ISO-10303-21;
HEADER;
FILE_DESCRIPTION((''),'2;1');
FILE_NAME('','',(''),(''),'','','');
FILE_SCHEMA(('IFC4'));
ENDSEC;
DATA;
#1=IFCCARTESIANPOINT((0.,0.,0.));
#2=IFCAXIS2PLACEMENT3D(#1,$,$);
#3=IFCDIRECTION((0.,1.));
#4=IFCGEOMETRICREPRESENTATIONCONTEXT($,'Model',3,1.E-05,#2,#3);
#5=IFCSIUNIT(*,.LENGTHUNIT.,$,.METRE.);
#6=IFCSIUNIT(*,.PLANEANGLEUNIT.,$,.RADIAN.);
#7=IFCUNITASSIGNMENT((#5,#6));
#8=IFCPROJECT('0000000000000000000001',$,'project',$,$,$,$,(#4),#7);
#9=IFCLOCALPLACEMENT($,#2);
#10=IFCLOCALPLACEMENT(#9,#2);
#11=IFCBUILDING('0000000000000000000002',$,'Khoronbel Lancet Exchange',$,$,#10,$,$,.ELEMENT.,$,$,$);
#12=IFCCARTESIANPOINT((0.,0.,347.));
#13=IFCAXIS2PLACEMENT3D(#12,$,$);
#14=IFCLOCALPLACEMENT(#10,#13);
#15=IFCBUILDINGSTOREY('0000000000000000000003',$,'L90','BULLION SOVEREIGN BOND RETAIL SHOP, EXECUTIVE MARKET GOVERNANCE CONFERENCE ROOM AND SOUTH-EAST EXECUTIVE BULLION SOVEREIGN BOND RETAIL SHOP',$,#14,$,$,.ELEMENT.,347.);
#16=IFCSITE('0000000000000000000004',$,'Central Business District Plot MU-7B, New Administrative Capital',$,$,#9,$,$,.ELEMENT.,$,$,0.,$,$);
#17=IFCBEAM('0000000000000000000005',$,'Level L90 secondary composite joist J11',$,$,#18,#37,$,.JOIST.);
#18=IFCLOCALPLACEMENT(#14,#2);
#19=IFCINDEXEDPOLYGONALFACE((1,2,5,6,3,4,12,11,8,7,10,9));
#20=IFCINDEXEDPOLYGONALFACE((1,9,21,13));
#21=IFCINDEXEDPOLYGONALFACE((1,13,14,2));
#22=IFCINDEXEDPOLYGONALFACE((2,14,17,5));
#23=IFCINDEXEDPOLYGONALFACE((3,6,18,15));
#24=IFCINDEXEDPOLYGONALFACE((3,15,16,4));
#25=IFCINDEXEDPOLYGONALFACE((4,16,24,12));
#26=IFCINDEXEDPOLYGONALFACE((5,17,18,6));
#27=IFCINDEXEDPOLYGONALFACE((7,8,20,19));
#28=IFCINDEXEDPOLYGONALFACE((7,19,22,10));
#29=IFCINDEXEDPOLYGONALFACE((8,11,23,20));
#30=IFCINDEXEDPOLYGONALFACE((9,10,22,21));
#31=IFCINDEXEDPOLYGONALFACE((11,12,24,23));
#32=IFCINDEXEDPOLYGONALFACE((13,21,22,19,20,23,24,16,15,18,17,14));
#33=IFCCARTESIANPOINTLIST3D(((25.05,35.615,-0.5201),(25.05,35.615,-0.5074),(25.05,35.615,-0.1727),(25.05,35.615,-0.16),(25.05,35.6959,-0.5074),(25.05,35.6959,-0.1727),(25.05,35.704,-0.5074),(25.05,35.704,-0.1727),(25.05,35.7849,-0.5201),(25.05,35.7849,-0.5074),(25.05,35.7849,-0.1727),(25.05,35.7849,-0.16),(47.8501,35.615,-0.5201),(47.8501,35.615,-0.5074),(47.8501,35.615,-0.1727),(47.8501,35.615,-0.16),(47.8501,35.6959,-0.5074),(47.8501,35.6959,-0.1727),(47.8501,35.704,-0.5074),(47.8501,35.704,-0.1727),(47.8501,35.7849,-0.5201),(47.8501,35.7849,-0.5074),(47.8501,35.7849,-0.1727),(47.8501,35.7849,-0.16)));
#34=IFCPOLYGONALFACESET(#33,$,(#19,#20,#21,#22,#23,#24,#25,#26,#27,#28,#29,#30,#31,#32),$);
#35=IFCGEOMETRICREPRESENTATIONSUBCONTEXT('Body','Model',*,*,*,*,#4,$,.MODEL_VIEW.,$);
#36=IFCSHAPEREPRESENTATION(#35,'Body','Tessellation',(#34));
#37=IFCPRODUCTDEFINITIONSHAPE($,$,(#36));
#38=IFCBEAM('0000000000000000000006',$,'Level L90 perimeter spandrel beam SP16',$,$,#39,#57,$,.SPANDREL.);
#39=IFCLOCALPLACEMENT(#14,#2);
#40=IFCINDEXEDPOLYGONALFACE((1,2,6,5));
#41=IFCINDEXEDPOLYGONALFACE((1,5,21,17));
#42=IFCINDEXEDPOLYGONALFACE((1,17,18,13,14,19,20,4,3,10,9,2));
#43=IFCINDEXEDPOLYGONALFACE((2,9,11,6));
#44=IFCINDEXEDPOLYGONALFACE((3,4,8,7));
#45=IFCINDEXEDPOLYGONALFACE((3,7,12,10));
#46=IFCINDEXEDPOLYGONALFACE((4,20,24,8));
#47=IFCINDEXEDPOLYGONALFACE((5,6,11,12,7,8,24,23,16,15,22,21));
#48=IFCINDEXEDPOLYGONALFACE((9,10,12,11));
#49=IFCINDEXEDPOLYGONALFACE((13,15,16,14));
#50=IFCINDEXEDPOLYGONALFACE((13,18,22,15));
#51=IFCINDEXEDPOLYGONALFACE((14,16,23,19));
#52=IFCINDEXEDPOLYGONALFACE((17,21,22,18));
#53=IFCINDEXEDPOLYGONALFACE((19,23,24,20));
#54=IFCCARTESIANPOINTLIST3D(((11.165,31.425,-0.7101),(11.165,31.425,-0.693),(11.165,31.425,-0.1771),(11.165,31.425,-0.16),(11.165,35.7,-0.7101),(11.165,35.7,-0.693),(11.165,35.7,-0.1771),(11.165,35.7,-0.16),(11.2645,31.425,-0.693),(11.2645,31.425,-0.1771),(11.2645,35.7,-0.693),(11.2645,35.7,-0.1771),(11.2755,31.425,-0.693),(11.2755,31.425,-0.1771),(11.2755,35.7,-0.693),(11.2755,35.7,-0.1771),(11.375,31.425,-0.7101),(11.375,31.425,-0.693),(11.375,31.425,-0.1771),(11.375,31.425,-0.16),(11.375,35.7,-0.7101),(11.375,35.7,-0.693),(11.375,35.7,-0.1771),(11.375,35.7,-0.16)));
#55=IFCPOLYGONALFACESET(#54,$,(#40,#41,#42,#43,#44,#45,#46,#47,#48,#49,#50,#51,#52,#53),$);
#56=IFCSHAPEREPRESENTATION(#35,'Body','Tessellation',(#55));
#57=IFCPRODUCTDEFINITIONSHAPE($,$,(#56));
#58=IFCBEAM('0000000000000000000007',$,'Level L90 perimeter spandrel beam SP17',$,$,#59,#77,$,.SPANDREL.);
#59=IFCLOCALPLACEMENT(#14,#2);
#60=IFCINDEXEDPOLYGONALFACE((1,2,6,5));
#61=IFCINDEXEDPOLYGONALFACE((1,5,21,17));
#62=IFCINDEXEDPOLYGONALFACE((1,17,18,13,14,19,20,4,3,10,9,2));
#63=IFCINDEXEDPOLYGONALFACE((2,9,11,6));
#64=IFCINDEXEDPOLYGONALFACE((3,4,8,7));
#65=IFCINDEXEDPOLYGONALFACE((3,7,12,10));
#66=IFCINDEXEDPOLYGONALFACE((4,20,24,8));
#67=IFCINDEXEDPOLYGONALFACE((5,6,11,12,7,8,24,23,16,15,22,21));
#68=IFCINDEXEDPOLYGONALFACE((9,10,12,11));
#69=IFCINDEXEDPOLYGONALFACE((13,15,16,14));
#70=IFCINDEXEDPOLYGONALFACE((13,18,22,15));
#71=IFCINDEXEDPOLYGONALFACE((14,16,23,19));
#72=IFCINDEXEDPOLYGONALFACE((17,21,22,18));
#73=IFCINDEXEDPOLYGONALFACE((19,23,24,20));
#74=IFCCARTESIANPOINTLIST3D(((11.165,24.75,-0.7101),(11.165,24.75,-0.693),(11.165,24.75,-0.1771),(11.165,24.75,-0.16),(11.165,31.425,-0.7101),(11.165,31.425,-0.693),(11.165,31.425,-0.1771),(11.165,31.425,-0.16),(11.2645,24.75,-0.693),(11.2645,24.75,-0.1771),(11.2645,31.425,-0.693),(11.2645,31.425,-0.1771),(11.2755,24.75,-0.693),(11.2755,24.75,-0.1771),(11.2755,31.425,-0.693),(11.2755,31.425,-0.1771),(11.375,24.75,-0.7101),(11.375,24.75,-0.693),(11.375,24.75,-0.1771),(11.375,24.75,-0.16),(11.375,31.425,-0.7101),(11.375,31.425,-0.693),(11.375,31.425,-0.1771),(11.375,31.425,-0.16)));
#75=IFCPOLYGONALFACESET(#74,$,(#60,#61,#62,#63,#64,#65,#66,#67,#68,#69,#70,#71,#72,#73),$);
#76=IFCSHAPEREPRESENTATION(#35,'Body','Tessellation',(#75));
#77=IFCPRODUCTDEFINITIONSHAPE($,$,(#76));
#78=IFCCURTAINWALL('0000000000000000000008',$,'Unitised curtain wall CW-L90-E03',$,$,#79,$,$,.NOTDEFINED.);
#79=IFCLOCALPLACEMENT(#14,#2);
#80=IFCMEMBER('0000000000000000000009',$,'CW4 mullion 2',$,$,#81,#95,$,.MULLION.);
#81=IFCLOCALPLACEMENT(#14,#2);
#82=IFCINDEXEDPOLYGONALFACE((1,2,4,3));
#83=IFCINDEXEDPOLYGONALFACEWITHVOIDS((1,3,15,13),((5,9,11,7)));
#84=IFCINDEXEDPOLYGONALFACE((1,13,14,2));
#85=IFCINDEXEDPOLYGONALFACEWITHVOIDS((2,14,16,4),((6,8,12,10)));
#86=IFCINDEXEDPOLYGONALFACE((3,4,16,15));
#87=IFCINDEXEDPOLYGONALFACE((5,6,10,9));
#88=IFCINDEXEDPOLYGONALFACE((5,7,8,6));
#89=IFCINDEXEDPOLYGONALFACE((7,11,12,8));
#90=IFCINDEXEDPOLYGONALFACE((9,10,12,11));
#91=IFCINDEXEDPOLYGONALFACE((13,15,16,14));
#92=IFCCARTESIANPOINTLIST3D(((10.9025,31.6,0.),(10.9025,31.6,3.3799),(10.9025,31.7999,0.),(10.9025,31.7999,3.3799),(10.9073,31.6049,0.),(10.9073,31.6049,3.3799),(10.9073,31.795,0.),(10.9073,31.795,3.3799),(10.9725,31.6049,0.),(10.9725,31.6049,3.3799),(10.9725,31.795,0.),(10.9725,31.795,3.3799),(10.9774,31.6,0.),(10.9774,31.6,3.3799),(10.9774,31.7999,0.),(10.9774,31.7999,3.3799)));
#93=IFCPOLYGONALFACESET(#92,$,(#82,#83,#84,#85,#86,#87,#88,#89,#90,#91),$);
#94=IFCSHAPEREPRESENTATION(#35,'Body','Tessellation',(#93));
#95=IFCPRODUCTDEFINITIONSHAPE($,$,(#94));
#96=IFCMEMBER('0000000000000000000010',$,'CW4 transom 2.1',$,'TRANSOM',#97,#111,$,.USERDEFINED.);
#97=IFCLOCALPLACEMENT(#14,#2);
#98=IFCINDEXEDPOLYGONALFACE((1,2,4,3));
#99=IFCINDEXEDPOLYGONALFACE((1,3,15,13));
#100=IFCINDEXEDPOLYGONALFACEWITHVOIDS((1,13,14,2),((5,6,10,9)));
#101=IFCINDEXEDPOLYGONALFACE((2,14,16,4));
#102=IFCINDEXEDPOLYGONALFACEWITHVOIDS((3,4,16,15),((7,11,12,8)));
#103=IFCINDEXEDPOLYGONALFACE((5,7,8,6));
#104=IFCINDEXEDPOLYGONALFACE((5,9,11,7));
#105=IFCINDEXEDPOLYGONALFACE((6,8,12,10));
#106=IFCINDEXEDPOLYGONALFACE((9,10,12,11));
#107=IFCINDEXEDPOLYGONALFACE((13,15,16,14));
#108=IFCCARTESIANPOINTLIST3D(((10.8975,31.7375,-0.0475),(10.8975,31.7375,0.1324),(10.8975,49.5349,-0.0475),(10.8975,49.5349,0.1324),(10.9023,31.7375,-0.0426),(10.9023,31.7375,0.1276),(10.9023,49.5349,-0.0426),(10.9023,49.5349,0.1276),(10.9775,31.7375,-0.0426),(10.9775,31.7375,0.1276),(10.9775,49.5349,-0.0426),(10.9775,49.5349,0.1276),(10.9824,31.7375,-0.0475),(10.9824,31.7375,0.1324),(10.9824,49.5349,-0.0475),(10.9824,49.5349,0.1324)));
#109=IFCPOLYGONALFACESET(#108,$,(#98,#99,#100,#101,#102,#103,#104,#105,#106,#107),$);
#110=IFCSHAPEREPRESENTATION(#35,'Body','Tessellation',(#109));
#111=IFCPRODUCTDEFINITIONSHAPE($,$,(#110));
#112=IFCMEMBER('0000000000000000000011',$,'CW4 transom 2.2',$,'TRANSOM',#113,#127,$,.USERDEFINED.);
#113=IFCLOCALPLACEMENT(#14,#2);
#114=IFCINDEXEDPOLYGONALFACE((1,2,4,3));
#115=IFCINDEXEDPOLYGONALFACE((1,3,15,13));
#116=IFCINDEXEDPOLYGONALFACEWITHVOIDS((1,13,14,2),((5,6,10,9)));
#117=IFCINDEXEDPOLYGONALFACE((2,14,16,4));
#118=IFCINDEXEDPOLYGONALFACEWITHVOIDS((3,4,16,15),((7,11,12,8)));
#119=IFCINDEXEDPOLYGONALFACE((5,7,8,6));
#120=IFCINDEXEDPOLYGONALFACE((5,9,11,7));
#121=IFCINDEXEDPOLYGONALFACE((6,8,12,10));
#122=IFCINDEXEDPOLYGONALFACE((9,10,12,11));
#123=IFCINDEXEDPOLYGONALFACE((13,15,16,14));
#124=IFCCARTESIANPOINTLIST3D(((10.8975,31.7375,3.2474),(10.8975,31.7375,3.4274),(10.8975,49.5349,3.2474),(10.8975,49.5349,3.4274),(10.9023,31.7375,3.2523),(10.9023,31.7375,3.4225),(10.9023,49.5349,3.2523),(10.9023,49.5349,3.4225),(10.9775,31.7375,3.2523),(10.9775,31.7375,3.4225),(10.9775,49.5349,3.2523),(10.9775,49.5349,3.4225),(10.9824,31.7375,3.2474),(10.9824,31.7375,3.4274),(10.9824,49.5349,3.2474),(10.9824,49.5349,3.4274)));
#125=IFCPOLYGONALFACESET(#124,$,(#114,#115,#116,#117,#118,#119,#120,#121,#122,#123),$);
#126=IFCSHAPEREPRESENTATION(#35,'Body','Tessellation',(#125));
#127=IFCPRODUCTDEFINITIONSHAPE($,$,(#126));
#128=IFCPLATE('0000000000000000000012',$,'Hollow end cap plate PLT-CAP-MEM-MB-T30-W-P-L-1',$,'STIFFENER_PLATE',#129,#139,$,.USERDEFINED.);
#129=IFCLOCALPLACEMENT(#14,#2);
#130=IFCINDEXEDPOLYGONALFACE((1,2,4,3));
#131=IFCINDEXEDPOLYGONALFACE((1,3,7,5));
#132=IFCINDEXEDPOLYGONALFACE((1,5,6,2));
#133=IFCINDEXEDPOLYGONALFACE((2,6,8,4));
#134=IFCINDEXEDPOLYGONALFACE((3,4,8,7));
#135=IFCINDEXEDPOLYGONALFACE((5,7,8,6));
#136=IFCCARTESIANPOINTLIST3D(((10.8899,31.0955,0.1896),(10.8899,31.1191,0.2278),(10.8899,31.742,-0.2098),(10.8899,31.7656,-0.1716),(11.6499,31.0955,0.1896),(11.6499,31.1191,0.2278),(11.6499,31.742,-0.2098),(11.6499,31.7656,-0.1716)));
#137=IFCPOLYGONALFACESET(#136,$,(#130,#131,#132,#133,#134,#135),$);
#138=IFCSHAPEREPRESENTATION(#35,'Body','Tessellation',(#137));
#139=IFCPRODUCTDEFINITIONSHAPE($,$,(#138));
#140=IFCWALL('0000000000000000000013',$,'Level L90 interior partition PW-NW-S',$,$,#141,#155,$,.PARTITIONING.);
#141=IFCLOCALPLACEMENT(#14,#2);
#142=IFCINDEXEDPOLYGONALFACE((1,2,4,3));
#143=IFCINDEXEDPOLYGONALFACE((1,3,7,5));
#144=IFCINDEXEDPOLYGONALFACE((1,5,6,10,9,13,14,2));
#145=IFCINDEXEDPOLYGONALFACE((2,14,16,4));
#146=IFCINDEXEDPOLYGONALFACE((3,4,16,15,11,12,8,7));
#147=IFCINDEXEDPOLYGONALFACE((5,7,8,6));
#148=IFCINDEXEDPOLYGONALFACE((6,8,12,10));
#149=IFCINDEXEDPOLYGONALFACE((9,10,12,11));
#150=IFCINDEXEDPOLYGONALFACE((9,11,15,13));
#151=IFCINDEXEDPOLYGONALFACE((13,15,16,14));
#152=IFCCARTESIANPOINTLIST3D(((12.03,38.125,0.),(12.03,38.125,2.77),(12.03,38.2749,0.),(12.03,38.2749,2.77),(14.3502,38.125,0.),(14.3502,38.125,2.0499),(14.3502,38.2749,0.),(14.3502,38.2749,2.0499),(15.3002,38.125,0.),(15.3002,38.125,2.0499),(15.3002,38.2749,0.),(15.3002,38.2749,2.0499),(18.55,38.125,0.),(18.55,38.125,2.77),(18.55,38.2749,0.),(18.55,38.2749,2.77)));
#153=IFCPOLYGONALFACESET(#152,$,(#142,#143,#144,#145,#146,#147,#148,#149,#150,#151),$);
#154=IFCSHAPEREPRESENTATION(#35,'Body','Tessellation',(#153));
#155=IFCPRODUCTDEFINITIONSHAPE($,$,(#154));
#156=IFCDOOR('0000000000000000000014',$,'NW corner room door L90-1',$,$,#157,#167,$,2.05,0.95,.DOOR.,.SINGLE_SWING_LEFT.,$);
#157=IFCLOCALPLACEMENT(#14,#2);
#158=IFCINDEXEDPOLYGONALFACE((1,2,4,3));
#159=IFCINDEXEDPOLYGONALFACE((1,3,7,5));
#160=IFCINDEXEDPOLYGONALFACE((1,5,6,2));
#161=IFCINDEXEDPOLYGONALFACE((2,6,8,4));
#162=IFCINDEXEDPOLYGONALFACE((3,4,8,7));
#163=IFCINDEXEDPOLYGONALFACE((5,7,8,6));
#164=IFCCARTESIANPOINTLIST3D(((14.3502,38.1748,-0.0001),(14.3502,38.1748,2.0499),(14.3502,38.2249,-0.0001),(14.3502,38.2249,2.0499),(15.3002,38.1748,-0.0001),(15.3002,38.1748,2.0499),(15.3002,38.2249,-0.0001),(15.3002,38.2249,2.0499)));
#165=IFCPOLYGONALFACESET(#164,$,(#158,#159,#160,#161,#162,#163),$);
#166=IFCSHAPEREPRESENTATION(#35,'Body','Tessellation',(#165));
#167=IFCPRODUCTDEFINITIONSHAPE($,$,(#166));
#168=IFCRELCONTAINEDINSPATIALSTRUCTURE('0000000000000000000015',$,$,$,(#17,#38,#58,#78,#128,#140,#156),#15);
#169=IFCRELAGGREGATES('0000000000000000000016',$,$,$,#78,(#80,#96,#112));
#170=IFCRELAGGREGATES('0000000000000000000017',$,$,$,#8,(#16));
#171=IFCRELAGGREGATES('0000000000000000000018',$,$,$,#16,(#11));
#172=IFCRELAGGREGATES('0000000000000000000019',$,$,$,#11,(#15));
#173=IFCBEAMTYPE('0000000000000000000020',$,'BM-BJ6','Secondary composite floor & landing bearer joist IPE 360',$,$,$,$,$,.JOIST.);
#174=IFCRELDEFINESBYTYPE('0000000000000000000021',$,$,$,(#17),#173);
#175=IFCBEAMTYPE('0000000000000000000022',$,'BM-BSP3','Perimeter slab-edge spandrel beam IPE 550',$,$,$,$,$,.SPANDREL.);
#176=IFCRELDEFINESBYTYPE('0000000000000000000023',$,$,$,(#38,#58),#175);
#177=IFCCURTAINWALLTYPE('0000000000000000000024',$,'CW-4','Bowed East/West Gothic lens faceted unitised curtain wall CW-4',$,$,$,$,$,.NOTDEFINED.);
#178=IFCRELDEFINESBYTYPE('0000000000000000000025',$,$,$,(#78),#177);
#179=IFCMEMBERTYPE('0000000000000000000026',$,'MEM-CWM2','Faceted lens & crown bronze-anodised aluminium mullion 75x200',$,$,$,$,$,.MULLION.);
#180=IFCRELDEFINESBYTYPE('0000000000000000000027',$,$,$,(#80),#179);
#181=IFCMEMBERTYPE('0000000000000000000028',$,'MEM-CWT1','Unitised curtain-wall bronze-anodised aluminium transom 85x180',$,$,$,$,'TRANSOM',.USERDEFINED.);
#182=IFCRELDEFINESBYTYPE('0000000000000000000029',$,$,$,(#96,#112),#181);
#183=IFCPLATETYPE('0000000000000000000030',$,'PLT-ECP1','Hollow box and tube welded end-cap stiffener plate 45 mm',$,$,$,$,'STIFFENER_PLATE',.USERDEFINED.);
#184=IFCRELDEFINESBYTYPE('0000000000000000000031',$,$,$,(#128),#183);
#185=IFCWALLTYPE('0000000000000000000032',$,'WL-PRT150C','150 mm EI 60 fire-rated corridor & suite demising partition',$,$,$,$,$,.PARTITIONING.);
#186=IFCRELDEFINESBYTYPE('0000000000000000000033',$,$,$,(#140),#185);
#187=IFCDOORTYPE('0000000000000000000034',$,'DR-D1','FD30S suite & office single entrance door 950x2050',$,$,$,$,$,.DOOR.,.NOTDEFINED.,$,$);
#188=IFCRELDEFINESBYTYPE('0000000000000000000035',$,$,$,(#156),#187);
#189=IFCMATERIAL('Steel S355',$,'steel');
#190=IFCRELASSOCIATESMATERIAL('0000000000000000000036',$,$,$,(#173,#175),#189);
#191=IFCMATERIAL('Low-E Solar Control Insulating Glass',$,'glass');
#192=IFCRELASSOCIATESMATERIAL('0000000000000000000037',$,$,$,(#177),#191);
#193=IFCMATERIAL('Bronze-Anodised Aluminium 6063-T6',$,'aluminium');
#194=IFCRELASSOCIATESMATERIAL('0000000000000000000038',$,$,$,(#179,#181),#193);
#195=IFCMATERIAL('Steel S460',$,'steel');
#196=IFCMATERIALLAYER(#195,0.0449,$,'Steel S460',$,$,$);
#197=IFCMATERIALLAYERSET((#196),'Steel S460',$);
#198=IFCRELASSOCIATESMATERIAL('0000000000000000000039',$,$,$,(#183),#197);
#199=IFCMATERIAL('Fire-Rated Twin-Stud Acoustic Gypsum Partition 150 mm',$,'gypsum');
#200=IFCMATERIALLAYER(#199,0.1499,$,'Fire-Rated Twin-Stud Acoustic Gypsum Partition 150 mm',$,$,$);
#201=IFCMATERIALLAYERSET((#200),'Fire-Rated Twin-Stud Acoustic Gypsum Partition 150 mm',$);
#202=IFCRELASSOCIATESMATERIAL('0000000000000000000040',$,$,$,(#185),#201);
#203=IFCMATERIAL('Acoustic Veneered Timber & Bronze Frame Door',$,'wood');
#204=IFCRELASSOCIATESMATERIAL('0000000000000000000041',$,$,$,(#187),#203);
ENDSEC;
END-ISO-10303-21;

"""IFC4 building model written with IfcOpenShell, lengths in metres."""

from ifc_helpers import new_model, si_unit, direction, frame, frame_2d, origin, origin_2d, place, context, subcontext, project, spatial, polyline, rectangle, hollow_rectangle, i_section, outline, extrude, material, layer, layer_set, material_profile, profile_set, type_object, element, fill, aggregate, save


model = new_model("IFC4")

# Units and contexts
model_context = context("Model", 3, precision=1e-05, world=origin(), true_north=direction((0.0, 1.0)))
body_context = subcontext(model_context, "Body", "Model", "MODEL_VIEW")
ifc_project = project(units=[si_unit("LENGTHUNIT", "METRE"), si_unit("PLANEANGLEUNIT", "RADIAN")], contexts=[model_context])

# Site, building, storey
site_placement = place(None, origin())
site = spatial("IfcSite", under=ifc_project, at=site_placement, Name="Central Business District Plot MU-7B, New Administrative Capital", CompositionType="ELEMENT", RefElevation=0.0)
building_placement = place(site_placement, origin())
building = spatial("IfcBuilding", under=site, at=building_placement, Name="Khoronbel Lancet Exchange", CompositionType="ELEMENT")
storey_placement = place(building_placement, frame((0.0, 0.0, 347.0)))
storey = spatial("IfcBuildingStorey", under=building, at=storey_placement, Name="L90", Description="BULLION SOVEREIGN BOND RETAIL SHOP, EXECUTIVE MARKET GOVERNANCE CONFERENCE ROOM AND SOUTH-EAST EXECUTIVE BULLION SOVEREIGN BOND RETAIL SHOP", CompositionType="ELEMENT", Elevation=347.0)

# Shared definitions
ifc_material_1 = material(Name="Steel S355", Category="steel")

# Beams
ifc_material_profile_1 = material_profile(ifc_material_1, i_section(OverallWidth=0.1699, OverallDepth=0.3601, WebThickness=0.0081, FlangeThickness=0.0127, at=origin_2d()), Name="IPE 360")
ifc_profile_set_1 = profile_set([ifc_material_profile_1], Name="Steel S355")
beam_type_1 = type_object("IfcBeamType", Name="BM-BJ6", Description="Secondary composite floor & landing bearer joist IPE 360", PredefinedType="JOIST", material=ifc_profile_set_1)
beam_1_placement = place(storey_placement, frame((25.05, 35.7, -0.3401), z_axis=(1.0, 0.0, 0.0), x_axis=(0.0, 1.0, 0.0)))
element("IfcBeam", 1, at=beam_1_placement, inside=storey, type_object=beam_type_1, Name="Level L90 secondary composite joist J11", PredefinedType="JOIST", context=body_context, shape_type="SweptSolid", body=[
    extrude(i_section(OverallWidth=0.1699, OverallDepth=0.3601, WebThickness=0.0081, FlangeThickness=0.0127, at=origin_2d()), origin(), (0.0, 0.0, 1.0), 22.8),
])
ifc_material_profile_2 = material_profile(ifc_material_1, i_section(OverallWidth=0.21, OverallDepth=0.55, WebThickness=0.011, FlangeThickness=0.0171, at=origin_2d()), Name="IPE 550")
ifc_profile_set_2 = profile_set([ifc_material_profile_2], Name="Steel S355")
beam_type_2 = type_object("IfcBeamType", Name="BM-BSP3", Description="Perimeter slab-edge spandrel beam IPE 550", PredefinedType="SPANDREL", material=ifc_profile_set_2)
beam_2_placement = place(storey_placement, frame((11.27, 35.7, -0.4351), z_axis=(0.0, -1.0, 0.0), x_axis=(1.0, 0.0, 0.0)))
element("IfcBeam", 2, at=beam_2_placement, inside=storey, type_object=beam_type_2, Name="Level L90 perimeter spandrel beam SP16", PredefinedType="SPANDREL", context=body_context, shape_type="SweptSolid", body=[
    extrude(i_section(OverallWidth=0.21, OverallDepth=0.55, WebThickness=0.011, FlangeThickness=0.0171, at=origin_2d()), origin(), (0.0, 0.0, 1.0), 4.2749),
])
beam_3_placement = place(storey_placement, frame((11.27, 31.425, -0.4351), z_axis=(0.0, -1.0, 0.0), x_axis=(1.0, 0.0, 0.0)))
element("IfcBeam", 3, at=beam_3_placement, inside=storey, type_object=beam_type_2, Name="Level L90 perimeter spandrel beam SP17", PredefinedType="SPANDREL", context=body_context, shape_type="SweptSolid", body=[
    extrude(i_section(OverallWidth=0.21, OverallDepth=0.55, WebThickness=0.011, FlangeThickness=0.0171, at=origin_2d()), origin(), (0.0, 0.0, 1.0), 6.675),
])

# Curtain wall, members
ifc_material_2 = material(Name="Low-E Solar Control Insulating Glass", Category="glass")
curtain_wall_type = type_object("IfcCurtainWallType", Name="CW-4", Description="Bowed East/West Gothic lens faceted unitised curtain wall CW-4", PredefinedType="NOTDEFINED", material=ifc_material_2)
curtain_wall_placement = place(storey_placement, origin())
curtain_wall = element("IfcCurtainWall", 4, at=curtain_wall_placement, inside=storey, type_object=curtain_wall_type, Name="Unitised curtain wall CW-L90-E03", PredefinedType="NOTDEFINED")
ifc_material_3 = material(Name="Bronze-Anodised Aluminium 6063-T6", Category="aluminium")
ifc_material_profile_3 = material_profile(ifc_material_3, hollow_rectangle(XDim=0.075, YDim=0.2, WallThickness=0.0049, at=origin_2d()), Name="ALU MULLION 75x200")
ifc_profile_set_3 = profile_set([ifc_material_profile_3], Name="Bronze-Anodised Aluminium 6063-T6")
member_type_1 = type_object("IfcMemberType", Name="MEM-CWM2", Description="Faceted lens & crown bronze-anodised aluminium mullion 75x200", PredefinedType="MULLION", material=ifc_profile_set_3)
member_1_placement = place(storey_placement, frame((10.9399, 31.7, 0.0), z_axis=(0.0, 0.0, 1.0), x_axis=(-1.0, 0.0, 0.0)))
member_1 = element("IfcMember", 5, at=member_1_placement, type_object=member_type_1, Name="CW4 mullion 2", PredefinedType="MULLION", context=body_context, shape_type="SweptSolid", body=[
    extrude(hollow_rectangle(XDim=0.075, YDim=0.2, WallThickness=0.0049, at=origin_2d()), origin(), (0.0, 0.0, 1.0), 3.3799),
])
ifc_material_profile_4 = material_profile(ifc_material_3, hollow_rectangle(XDim=0.085, YDim=0.1799, WallThickness=0.0049, at=origin_2d()), Name="ALU TRANSOM 85x180")
ifc_profile_set_4 = profile_set([ifc_material_profile_4], Name="Bronze-Anodised Aluminium 6063-T6")
member_type_2 = type_object("IfcMemberType", Name="MEM-CWT1", Description="Unitised curtain-wall bronze-anodised aluminium transom 85x180", ElementType="TRANSOM", PredefinedType="USERDEFINED", material=ifc_profile_set_4)
member_2_placement = place(storey_placement, frame((10.9399, 31.7375, 0.0425), z_axis=(0.0, 1.0, 0.0), x_axis=(-1.0, 0.0, 0.0)))
member_2 = element("IfcMember", 6, at=member_2_placement, type_object=member_type_2, Name="CW4 transom 2.1", ObjectType="TRANSOM", PredefinedType="USERDEFINED", context=body_context, shape_type="SweptSolid", body=[
    extrude(hollow_rectangle(XDim=0.085, YDim=0.1799, WallThickness=0.0049, at=origin_2d()), origin(), (0.0, 0.0, 1.0), 17.7974),
])
member_3_placement = place(storey_placement, frame((10.9399, 31.7375, 3.3374), z_axis=(0.0, 1.0, 0.0), x_axis=(-1.0, 0.0, 0.0)))
member_3 = element("IfcMember", 7, at=member_3_placement, type_object=member_type_2, Name="CW4 transom 2.2", ObjectType="TRANSOM", PredefinedType="USERDEFINED", context=body_context, shape_type="SweptSolid", body=[
    extrude(hollow_rectangle(XDim=0.085, YDim=0.1799, WallThickness=0.0049, at=origin_2d()), origin(), (0.0, 0.0, 1.0), 17.7974),
])
aggregate(curtain_wall, [member_1, member_2, member_3])

# Plate
ifc_material_4 = material(Name="Steel S460", Category="steel")
ifc_layer_1 = layer(ifc_material_4, 0.0449, Name="Steel S460")
ifc_layer_set_1 = layer_set([ifc_layer_1], Name="Steel S460")
plate_type = type_object("IfcPlateType", Name="PLT-ECP1", Description="Hollow box and tube welded end-cap stiffener plate 45 mm", ElementType="STIFFENER_PLATE", PredefinedType="USERDEFINED", material=ifc_layer_set_1)
plate_placement = place(storey_placement, frame((11.6499, 31.7656, -0.1716), z_axis=(0.0, 0.525602, 0.85073), x_axis=(-1.0, 0.0, 0.0)))
element("IfcPlate", 8, at=plate_placement, inside=storey, type_object=plate_type, Name="Hollow end cap plate PLT-CAP-MEM-MB-T30-W-P-L-1", ObjectType="STIFFENER_PLATE", PredefinedType="USERDEFINED", context=body_context, shape_type="SweptSolid", body=[
    extrude(outline(polyline([(0.0, 0.0), (0.76, 0.0), (0.76, 0.76), (0.0, 0.76), (0.0, 0.0)])), origin(), (0.0, 0.0, -1.0), 0.0449),
])

# Wall, opening, door
ifc_material_5 = material(Name="Fire-Rated Twin-Stud Acoustic Gypsum Partition 150 mm", Category="gypsum")
ifc_layer_2 = layer(ifc_material_5, 0.1499, Name="Fire-Rated Twin-Stud Acoustic Gypsum Partition 150 mm")
ifc_layer_set_2 = layer_set([ifc_layer_2], Name="Fire-Rated Twin-Stud Acoustic Gypsum Partition 150 mm")
wall_type = type_object("IfcWallType", Name="WL-PRT150C", Description="150 mm EI 60 fire-rated corridor & suite demising partition", PredefinedType="PARTITIONING", material=ifc_layer_set_2)
wall_1_placement = place(storey_placement, frame((12.03, 38.2, 0.0), z_axis=(0.0, 0.0, 1.0), x_axis=(1.0, 0.0, 0.0)))
wall_1 = element("IfcWall", 9, at=wall_1_placement, inside=storey, type_object=wall_type, Name="Level L90 interior partition PW-NW-S", PredefinedType="PARTITIONING", context=body_context, shape_type="SweptSolid", body=[
    extrude(rectangle(XDim=6.52, YDim=0.1499, at=frame_2d((3.26, 0.0))), origin(), (0.0, 0.0, 1.0), 2.77),
])
opening_1_placement = place(wall_1_placement, frame((2.3201, 0.0, 0.0)))
opening_1 = element("IfcOpeningElement", 10, at=opening_1_placement, cuts=wall_1, PredefinedType="OPENING", context=body_context, shape_type="SweptSolid", body=[
    extrude(rectangle(XDim=0.95, YDim=2.05, at=frame_2d((0.4751, 1.0249))), frame((0.0, 0.085, 0.0), z_axis=(0.0, -1.0, 0.0), x_axis=(1.0, 0.0, 0.0)), (0.0, 0.0, 1.0), 0.1699),
])
ifc_material_6 = material(Name="Acoustic Veneered Timber & Bronze Frame Door", Category="wood")
door_type_1 = type_object("IfcDoorType", Name="DR-D1", Description="FD30S suite & office single entrance door 950x2050", OperationType="NOTDEFINED", PredefinedType="DOOR", material=ifc_material_6)
door_1_placement = place(opening_1_placement, origin())
door_1 = element("IfcDoor", 11, at=door_1_placement, inside=storey, type_object=door_type_1, Name="NW corner room door L90-1", OperationType="SINGLE_SWING_LEFT", OverallHeight=2.05, OverallWidth=0.95, PredefinedType="DOOR", context=body_context, shape_type="SweptSolid", body=[
    extrude(rectangle(XDim=0.95, YDim=2.05, at=frame_2d((0.4751, 1.0249))), frame((0.0, 0.0249, 0.0), z_axis=(0.0, -1.0, 0.0), x_axis=(1.0, 0.0, 0.0)), (0.0, 0.0, 1.0), 0.05),
])
fill(opening_1, door_1)

save(model, "model.ifc")
